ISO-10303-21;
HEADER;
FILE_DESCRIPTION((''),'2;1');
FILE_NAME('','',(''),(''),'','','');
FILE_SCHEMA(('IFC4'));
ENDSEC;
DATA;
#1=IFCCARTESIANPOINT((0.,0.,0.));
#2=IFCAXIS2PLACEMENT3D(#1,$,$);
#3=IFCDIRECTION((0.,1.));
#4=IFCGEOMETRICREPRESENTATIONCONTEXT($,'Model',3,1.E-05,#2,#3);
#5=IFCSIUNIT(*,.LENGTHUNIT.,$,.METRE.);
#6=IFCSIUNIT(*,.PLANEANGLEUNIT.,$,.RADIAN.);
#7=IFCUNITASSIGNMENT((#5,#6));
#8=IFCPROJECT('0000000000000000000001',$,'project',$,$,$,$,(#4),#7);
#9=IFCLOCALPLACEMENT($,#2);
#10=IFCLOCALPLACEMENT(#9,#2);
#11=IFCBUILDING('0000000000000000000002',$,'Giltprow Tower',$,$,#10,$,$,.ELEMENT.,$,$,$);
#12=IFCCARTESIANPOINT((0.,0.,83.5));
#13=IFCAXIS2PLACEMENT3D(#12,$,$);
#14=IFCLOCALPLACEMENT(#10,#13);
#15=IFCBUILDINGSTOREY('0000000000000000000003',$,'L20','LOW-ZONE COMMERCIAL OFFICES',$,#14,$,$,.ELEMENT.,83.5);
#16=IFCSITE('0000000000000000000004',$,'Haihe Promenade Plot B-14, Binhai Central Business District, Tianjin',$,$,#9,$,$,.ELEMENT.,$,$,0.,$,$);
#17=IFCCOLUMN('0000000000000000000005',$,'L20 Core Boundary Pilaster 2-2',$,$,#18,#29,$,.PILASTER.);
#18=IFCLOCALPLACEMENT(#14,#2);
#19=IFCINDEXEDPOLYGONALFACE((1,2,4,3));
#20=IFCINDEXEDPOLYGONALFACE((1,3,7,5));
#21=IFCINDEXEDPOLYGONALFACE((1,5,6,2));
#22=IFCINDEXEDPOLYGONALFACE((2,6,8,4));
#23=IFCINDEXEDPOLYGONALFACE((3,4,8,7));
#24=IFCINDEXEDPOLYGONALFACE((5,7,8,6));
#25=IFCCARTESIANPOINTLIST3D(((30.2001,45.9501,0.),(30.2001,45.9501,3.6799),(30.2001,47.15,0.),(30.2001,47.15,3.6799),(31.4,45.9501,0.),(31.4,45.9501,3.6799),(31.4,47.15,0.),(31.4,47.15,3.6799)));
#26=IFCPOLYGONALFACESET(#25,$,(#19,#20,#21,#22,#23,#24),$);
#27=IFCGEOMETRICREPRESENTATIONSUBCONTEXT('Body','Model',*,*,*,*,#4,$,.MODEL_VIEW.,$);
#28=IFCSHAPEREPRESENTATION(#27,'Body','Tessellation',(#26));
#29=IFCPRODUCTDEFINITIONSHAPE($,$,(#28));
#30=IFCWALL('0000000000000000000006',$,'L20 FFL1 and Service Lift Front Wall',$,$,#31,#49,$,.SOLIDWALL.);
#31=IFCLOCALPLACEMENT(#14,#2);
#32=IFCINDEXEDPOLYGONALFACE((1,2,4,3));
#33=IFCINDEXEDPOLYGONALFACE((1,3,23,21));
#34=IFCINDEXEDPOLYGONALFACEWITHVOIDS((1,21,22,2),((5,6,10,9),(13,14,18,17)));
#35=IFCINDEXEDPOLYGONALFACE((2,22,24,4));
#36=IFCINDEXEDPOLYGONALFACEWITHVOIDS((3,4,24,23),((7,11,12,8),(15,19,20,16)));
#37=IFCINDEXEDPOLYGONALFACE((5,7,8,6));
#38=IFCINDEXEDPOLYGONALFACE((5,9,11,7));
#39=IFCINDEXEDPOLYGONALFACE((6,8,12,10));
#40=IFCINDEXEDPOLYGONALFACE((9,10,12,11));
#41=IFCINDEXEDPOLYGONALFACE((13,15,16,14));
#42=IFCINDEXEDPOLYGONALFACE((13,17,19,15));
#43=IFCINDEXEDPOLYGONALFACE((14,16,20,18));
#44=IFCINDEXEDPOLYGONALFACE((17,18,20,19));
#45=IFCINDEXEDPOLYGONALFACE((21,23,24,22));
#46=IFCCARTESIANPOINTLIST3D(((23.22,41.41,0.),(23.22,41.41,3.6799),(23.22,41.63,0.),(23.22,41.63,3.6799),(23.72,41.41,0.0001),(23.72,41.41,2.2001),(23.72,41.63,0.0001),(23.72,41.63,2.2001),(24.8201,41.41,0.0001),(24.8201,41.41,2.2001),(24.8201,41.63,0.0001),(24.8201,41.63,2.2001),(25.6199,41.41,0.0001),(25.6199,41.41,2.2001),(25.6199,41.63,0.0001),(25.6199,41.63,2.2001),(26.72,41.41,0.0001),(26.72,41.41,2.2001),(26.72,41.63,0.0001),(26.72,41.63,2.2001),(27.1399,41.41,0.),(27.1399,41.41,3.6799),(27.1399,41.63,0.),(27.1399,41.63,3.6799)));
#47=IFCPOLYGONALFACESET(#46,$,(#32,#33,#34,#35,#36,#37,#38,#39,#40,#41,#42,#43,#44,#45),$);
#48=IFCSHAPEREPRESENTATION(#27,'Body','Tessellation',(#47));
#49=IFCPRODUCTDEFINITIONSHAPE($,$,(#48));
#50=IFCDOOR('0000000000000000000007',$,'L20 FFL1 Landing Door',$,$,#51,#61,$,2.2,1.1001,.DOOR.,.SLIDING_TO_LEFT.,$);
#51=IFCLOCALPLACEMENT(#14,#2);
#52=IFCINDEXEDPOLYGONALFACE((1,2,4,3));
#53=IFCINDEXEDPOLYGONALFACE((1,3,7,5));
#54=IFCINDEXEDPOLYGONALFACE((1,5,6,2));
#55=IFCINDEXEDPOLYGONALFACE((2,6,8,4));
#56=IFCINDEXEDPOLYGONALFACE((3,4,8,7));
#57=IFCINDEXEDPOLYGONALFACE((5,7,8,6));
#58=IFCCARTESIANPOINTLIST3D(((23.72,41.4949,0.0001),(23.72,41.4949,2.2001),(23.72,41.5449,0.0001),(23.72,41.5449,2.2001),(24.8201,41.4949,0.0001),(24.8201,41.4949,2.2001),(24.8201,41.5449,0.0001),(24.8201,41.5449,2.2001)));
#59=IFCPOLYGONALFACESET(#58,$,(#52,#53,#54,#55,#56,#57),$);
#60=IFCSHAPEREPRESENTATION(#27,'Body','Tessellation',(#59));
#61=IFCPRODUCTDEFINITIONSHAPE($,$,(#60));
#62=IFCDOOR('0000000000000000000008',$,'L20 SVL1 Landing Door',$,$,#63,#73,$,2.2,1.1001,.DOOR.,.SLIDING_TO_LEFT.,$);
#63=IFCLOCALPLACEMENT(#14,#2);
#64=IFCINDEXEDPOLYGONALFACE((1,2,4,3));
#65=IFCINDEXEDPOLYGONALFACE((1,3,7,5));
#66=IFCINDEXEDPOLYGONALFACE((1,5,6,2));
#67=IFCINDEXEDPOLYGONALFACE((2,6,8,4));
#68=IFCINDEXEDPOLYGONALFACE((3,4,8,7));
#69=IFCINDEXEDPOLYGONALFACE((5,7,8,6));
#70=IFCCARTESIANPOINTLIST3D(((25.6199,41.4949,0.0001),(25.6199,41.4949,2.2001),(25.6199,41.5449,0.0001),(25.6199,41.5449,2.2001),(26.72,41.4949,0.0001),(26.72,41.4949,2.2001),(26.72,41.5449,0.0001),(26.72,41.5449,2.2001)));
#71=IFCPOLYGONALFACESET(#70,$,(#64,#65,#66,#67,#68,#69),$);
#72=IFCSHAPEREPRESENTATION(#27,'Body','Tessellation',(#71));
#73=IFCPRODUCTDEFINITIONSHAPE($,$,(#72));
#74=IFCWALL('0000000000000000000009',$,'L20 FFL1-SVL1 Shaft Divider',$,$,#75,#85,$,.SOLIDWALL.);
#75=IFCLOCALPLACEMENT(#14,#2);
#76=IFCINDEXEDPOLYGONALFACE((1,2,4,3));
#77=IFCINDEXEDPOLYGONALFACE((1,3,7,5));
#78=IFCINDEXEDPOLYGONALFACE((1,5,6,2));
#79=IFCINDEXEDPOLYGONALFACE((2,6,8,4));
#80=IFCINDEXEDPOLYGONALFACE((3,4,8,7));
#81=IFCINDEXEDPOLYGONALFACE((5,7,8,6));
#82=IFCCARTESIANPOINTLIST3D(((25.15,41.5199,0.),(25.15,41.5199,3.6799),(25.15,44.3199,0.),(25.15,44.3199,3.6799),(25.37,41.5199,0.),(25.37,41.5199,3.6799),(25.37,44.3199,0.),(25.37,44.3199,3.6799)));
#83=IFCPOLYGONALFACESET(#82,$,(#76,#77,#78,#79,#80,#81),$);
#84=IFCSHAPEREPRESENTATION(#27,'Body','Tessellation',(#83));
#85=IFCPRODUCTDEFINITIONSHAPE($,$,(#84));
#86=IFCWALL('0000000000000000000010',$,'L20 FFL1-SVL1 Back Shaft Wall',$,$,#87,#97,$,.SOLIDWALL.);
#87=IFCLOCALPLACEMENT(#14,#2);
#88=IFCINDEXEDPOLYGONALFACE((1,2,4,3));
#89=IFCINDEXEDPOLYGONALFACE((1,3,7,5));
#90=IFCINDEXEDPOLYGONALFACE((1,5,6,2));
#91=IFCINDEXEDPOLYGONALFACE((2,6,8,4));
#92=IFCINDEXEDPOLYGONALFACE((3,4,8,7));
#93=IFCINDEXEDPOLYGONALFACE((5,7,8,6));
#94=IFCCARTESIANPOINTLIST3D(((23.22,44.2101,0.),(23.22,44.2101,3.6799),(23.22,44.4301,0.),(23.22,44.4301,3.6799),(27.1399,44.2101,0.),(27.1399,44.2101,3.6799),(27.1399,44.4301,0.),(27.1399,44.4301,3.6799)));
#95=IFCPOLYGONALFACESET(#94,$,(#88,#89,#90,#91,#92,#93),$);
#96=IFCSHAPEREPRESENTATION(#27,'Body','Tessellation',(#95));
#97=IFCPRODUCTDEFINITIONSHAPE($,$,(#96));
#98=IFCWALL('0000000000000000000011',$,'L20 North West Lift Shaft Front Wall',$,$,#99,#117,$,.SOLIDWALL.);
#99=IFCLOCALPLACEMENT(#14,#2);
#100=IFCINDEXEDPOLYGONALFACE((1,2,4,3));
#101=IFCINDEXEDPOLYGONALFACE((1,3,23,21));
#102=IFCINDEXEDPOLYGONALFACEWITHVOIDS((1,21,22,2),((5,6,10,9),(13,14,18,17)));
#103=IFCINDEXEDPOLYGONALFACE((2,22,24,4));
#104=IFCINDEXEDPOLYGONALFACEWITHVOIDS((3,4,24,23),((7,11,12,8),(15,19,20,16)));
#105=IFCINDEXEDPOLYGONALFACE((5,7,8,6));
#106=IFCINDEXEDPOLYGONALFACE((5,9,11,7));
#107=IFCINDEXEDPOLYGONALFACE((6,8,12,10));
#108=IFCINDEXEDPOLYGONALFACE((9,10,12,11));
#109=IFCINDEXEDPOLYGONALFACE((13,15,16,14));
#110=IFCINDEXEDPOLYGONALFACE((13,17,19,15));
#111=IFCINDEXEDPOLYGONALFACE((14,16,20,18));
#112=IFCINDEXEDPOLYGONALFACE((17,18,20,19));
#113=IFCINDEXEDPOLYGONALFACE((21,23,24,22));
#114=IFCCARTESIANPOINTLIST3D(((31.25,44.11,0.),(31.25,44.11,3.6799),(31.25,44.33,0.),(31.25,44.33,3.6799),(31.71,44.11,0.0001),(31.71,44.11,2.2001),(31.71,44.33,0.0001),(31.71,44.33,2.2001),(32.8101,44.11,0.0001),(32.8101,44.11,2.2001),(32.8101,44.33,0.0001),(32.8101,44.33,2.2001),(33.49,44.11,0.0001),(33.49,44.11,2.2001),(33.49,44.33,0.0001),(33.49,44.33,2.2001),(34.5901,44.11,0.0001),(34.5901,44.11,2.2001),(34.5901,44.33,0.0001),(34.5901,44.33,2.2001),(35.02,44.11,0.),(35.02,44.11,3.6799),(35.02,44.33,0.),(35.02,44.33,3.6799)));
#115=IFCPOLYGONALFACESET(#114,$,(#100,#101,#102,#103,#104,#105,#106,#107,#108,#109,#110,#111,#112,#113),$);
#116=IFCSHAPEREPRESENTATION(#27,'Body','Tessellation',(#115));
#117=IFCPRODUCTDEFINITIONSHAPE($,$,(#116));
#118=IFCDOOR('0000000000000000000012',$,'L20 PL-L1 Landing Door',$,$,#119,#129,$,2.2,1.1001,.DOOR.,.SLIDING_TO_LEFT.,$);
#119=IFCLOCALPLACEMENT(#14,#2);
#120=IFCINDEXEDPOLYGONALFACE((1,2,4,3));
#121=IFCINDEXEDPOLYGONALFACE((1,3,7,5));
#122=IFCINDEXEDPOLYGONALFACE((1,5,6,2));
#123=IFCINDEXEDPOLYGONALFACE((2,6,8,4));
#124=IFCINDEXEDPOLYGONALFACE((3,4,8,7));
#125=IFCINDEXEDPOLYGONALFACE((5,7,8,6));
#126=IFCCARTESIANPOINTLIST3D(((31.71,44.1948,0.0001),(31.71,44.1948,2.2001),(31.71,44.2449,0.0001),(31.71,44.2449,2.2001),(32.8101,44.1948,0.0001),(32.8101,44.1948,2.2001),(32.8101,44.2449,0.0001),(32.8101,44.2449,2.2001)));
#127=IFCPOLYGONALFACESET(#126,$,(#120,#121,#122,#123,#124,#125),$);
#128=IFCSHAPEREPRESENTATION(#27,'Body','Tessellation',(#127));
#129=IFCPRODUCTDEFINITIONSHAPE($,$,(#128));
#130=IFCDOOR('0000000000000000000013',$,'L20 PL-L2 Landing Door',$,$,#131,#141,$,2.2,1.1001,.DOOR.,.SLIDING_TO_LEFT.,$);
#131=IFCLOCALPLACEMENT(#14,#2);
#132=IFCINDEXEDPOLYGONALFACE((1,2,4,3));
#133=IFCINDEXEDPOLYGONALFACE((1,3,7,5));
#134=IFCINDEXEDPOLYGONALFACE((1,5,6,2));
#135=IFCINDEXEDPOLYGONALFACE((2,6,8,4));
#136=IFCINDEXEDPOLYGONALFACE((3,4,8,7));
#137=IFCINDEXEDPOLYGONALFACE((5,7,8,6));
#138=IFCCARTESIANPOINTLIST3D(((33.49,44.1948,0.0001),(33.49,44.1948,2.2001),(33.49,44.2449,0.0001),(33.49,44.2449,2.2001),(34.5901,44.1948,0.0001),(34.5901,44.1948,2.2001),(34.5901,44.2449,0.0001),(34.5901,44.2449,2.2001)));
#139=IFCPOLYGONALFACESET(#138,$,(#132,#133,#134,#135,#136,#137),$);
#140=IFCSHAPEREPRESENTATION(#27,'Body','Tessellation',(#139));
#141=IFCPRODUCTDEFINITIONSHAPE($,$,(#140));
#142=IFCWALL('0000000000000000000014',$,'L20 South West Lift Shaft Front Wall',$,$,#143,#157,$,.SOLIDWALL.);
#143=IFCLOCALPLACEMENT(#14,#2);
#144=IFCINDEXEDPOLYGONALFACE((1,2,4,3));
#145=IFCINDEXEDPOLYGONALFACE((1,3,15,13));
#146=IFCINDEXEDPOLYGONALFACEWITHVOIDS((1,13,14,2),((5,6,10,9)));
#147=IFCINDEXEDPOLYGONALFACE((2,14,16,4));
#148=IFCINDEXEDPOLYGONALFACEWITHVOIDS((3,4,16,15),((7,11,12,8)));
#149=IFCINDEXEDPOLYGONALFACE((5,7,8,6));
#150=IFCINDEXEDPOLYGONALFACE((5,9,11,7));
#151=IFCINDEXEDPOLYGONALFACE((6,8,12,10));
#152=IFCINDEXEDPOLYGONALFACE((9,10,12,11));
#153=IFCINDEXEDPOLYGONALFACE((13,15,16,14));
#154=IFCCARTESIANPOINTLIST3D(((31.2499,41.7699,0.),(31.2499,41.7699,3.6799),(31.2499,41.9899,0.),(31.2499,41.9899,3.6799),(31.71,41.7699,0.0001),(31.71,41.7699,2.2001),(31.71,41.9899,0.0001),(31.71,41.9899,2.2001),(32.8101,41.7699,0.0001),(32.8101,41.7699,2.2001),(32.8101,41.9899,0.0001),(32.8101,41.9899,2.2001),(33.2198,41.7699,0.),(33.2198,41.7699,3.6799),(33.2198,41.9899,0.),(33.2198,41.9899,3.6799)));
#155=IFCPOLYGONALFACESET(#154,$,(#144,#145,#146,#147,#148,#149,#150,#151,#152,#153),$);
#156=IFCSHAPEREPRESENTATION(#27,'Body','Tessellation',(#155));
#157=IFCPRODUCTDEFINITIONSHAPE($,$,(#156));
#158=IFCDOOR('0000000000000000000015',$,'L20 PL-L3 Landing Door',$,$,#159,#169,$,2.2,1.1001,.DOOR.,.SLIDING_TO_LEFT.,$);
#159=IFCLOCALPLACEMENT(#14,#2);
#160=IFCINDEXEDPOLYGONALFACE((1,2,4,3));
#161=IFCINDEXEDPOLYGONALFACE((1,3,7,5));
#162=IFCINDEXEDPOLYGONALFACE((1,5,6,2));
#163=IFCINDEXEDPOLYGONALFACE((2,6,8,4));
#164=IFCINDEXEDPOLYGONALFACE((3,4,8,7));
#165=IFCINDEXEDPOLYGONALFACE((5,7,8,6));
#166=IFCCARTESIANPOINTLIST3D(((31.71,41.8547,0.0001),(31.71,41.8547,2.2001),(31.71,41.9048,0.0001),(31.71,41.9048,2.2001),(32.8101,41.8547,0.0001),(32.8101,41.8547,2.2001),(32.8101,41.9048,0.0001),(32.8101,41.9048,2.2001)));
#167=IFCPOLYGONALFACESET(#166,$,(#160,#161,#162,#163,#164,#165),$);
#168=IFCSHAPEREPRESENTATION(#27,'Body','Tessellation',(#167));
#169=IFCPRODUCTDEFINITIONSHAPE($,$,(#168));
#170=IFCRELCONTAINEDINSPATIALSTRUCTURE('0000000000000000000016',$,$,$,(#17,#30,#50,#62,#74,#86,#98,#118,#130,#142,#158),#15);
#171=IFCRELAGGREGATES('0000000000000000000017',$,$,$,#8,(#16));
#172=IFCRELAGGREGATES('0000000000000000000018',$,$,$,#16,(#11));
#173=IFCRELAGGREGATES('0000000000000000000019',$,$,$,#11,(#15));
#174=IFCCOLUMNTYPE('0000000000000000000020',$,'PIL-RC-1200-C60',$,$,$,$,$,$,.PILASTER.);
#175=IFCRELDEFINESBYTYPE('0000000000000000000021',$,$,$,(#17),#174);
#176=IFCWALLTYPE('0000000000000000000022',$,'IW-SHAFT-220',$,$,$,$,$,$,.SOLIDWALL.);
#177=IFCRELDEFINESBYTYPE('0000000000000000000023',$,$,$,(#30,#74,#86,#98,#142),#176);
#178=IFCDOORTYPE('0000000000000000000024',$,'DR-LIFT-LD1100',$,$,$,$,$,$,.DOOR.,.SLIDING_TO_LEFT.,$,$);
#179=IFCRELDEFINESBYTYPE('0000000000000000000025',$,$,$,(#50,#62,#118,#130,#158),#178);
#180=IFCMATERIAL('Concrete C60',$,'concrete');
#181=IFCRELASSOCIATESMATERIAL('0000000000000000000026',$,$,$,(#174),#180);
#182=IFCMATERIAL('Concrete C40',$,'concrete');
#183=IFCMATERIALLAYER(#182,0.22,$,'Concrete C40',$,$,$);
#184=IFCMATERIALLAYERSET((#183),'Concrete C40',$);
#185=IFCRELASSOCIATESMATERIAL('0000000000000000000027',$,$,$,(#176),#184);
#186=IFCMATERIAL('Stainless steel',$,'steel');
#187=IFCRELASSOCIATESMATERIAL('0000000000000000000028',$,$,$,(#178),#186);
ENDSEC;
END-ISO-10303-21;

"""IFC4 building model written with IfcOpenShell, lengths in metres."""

from ifc_helpers import new_model, si_unit, direction, frame, frame_2d, origin, origin_2d, place, context, subcontext, project, spatial, rectangle, extrude, source, transform, mapped, material, layer, layer_set, material_profile, profile_set, type_object, element, fill, save


model = new_model("IFC4")

# Units and contexts
model_context = context("Model", 3, precision=1e-05, world=origin(), true_north=direction((0.0, 1.0)))
body_context = subcontext(model_context, "Body", "Model", "MODEL_VIEW")
ifc_project = project(units=[si_unit("LENGTHUNIT", "METRE"), si_unit("PLANEANGLEUNIT", "RADIAN")], contexts=[model_context])

# Site, building, storey
site_placement = place(None, origin())
site = spatial("IfcSite", under=ifc_project, at=site_placement, Name="Haihe Promenade Plot B-14, Binhai Central Business District, Tianjin", CompositionType="ELEMENT", RefElevation=0.0)
building_placement = place(site_placement, origin())
building = spatial("IfcBuilding", under=site, at=building_placement, Name="Giltprow Tower", CompositionType="ELEMENT")
storey_placement = place(building_placement, frame((0.0, 0.0, 83.5)))
storey = spatial("IfcBuildingStorey", under=building, at=storey_placement, Name="L20", Description="LOW-ZONE COMMERCIAL OFFICES", CompositionType="ELEMENT", Elevation=83.5)

# Column
ifc_material_1 = material(Name="Concrete C60", Category="concrete")
ifc_material_profile = material_profile(ifc_material_1, rectangle(XDim=1.2, YDim=1.2, at=origin_2d()), Name="RC 1200x1200")
ifc_profile_set = profile_set([ifc_material_profile], Name="Concrete C60")
column_type = type_object("IfcColumnType", Name="PIL-RC-1200-C60", PredefinedType="PILASTER", material=ifc_profile_set)
shared_shape_1 = source(origin(), body_context, "Body", "SweptSolid", [
    extrude(rectangle(XDim=1.2, YDim=1.2, at=origin_2d()), origin(), (0.0, 0.0, 1.0), 3.6799),
])
column_placement = place(storey_placement, frame((30.8, 46.55, 0.0), z_axis=(0.0, 0.0, 1.0), x_axis=(1.0, 0.0, 0.0)))
element("IfcColumn", 1, at=column_placement, inside=storey, type_object=column_type, Name="L20 Core Boundary Pilaster 2-2", PredefinedType="PILASTER", context=body_context, shape_type="MappedRepresentation", body=[
    mapped(shared_shape_1, transform((0.0, 0.0, 0.0), x_axis=(1.0, 0.0, 0.0), y_axis=(0.0, 1.0, 0.0), z_axis=(0.0, 0.0, 1.0), scale=1.0)),
])

# Wall, openings, doors
ifc_material_2 = material(Name="Concrete C40", Category="concrete")
ifc_layer_1 = layer(ifc_material_2, 0.22, Name="Concrete C40")
ifc_layer_set_1 = layer_set([ifc_layer_1], Name="Concrete C40")
wall_type_1 = type_object("IfcWallType", Name="IW-SHAFT-220", PredefinedType="SOLIDWALL", material=ifc_layer_set_1)
wall_1_placement = place(storey_placement, frame((23.22, 41.52, 0.0), z_axis=(0.0, 0.0, 1.0), x_axis=(1.0, 0.0, 0.0)))
wall_1 = element("IfcWall", 2, at=wall_1_placement, inside=storey, type_object=wall_type_1, Name="L20 FFL1 and Service Lift Front Wall", PredefinedType="SOLIDWALL", context=body_context, shape_type="SweptSolid", body=[
    extrude(rectangle(XDim=3.9199, YDim=0.22, at=frame_2d((1.96, 0.0))), origin(), (0.0, 0.0, 1.0), 3.6799),
])
opening_1_placement = place(wall_1_placement, frame((0.5, 0.0, 0.0)))
opening_1 = element("IfcOpeningElement", 3, at=opening_1_placement, cuts=wall_1, PredefinedType="OPENING", context=body_context, shape_type="SweptSolid", body=[
    extrude(rectangle(XDim=1.1001, YDim=2.2, at=frame_2d((0.55, 1.1001))), frame((0.0, 0.1199, 0.0), z_axis=(0.0, -1.0, 0.0), x_axis=(1.0, 0.0, 0.0)), (0.0, 0.0, 1.0), 0.24),
])
opening_2_placement = place(wall_1_placement, frame((2.3999, 0.0, 0.0)))
opening_2 = element("IfcOpeningElement", 4, at=opening_2_placement, cuts=wall_1, PredefinedType="OPENING", context=body_context, shape_type="SweptSolid", body=[
    extrude(rectangle(XDim=1.1001, YDim=2.2, at=frame_2d((0.55, 1.1001))), frame((0.0, 0.1199, 0.0), z_axis=(0.0, -1.0, 0.0), x_axis=(1.0, 0.0, 0.0)), (0.0, 0.0, 1.0), 0.24),
])
ifc_material_3 = material(Name="Stainless steel", Category="steel")
door_type = type_object("IfcDoorType", Name="DR-LIFT-LD1100", OperationType="SLIDING_TO_LEFT", PredefinedType="DOOR", material=ifc_material_3)
shared_shape_2 = source(origin(), body_context, "Body", "SweptSolid", [
    extrude(rectangle(XDim=1.1001, YDim=2.2, at=frame_2d((0.55, 1.1001))), frame((0.0, 0.0249, 0.0), z_axis=(0.0, -1.0, 0.0), x_axis=(1.0, 0.0, 0.0)), (0.0, 0.0, 1.0), 0.05),
])
door_1_placement = place(opening_1_placement, origin())
door_1 = element("IfcDoor", 5, at=door_1_placement, inside=storey, type_object=door_type, Name="L20 FFL1 Landing Door", OperationType="SLIDING_TO_LEFT", OverallHeight=2.2, OverallWidth=1.1001, PredefinedType="DOOR", context=body_context, shape_type="MappedRepresentation", body=[
    mapped(shared_shape_2, transform((0.0, 0.0, 0.0), x_axis=(1.0, 0.0, 0.0), y_axis=(0.0, 1.0, 0.0), z_axis=(0.0, 0.0, 1.0), scale=1.0)),
])
fill(opening_1, door_1)
door_2_placement = place(opening_2_placement, origin())
door_2 = element("IfcDoor", 6, at=door_2_placement, inside=storey, type_object=door_type, Name="L20 SVL1 Landing Door", OperationType="SLIDING_TO_LEFT", OverallHeight=2.2, OverallWidth=1.1001, PredefinedType="DOOR", context=body_context, shape_type="MappedRepresentation", body=[
    mapped(shared_shape_2, transform((0.0, 0.0, 0.0), x_axis=(1.0, 0.0, 0.0), y_axis=(0.0, 1.0, 0.0), z_axis=(0.0, 0.0, 1.0), scale=1.0)),
])
fill(opening_2, door_2)

# Walls
wall_2_placement = place(storey_placement, frame((25.26, 41.52, 0.0), z_axis=(0.0, 0.0, 1.0), x_axis=(0.0, 1.0, 0.0)))
element("IfcWall", 7, at=wall_2_placement, inside=storey, type_object=wall_type_1, Name="L20 FFL1-SVL1 Shaft Divider", PredefinedType="SOLIDWALL", context=body_context, shape_type="SweptSolid", body=[
    extrude(rectangle(XDim=2.8, YDim=0.22, at=frame_2d((1.3999, 0.0))), origin(), (0.0, 0.0, 1.0), 3.6799),
])
wall_3_placement = place(storey_placement, frame((23.22, 44.3201, 0.0), z_axis=(0.0, 0.0, 1.0), x_axis=(1.0, 0.0, 0.0)))
element("IfcWall", 8, at=wall_3_placement, inside=storey, type_object=wall_type_1, Name="L20 FFL1-SVL1 Back Shaft Wall", PredefinedType="SOLIDWALL", context=body_context, shape_type="SweptSolid", body=[
    extrude(rectangle(XDim=3.9199, YDim=0.22, at=frame_2d((1.96, 0.0))), origin(), (0.0, 0.0, 1.0), 3.6799),
])

# Wall, openings, doors
wall_4_placement = place(storey_placement, frame((31.25, 44.22, 0.0), z_axis=(0.0, 0.0, 1.0), x_axis=(1.0, 0.0, 0.0)))
wall_4 = element("IfcWall", 9, at=wall_4_placement, inside=storey, type_object=wall_type_1, Name="L20 North West Lift Shaft Front Wall", PredefinedType="SOLIDWALL", context=body_context, shape_type="SweptSolid", body=[
    extrude(rectangle(XDim=3.77, YDim=0.22, at=frame_2d((1.885, 0.0))), origin(), (0.0, 0.0, 1.0), 3.6799),
])
opening_3_placement = place(wall_4_placement, frame((0.46, 0.0, 0.0)))
opening_3 = element("IfcOpeningElement", 10, at=opening_3_placement, cuts=wall_4, PredefinedType="OPENING", context=body_context, shape_type="SweptSolid", body=[
    extrude(rectangle(XDim=1.1001, YDim=2.2, at=frame_2d((0.55, 1.1001))), frame((0.0, 0.1199, 0.0), z_axis=(0.0, -1.0, 0.0), x_axis=(1.0, 0.0, 0.0)), (0.0, 0.0, 1.0), 0.24),
])
opening_4_placement = place(wall_4_placement, frame((2.24, 0.0, 0.0)))
opening_4 = element("IfcOpeningElement", 11, at=opening_4_placement, cuts=wall_4, PredefinedType="OPENING", context=body_context, shape_type="SweptSolid", body=[
    extrude(rectangle(XDim=1.1001, YDim=2.2, at=frame_2d((0.55, 1.1001))), frame((0.0, 0.1199, 0.0), z_axis=(0.0, -1.0, 0.0), x_axis=(1.0, 0.0, 0.0)), (0.0, 0.0, 1.0), 0.24),
])
door_3_placement = place(opening_3_placement, origin())
door_3 = element("IfcDoor", 12, at=door_3_placement, inside=storey, type_object=door_type, Name="L20 PL-L1 Landing Door", OperationType="SLIDING_TO_LEFT", OverallHeight=2.2, OverallWidth=1.1001, PredefinedType="DOOR", context=body_context, shape_type="MappedRepresentation", body=[
    mapped(shared_shape_2, transform((0.0, 0.0, 0.0), x_axis=(1.0, 0.0, 0.0), y_axis=(0.0, 1.0, 0.0), z_axis=(0.0, 0.0, 1.0), scale=1.0)),
])
fill(opening_3, door_3)
door_4_placement = place(opening_4_placement, origin())
door_4 = element("IfcDoor", 13, at=door_4_placement, inside=storey, type_object=door_type, Name="L20 PL-L2 Landing Door", OperationType="SLIDING_TO_LEFT", OverallHeight=2.2, OverallWidth=1.1001, PredefinedType="DOOR", context=body_context, shape_type="MappedRepresentation", body=[
    mapped(shared_shape_2, transform((0.0, 0.0, 0.0), x_axis=(1.0, 0.0, 0.0), y_axis=(0.0, 1.0, 0.0), z_axis=(0.0, 0.0, 1.0), scale=1.0)),
])
fill(opening_4, door_4)

# Wall, opening, door
wall_5_placement = place(storey_placement, frame((31.25, 41.8799, 0.0), z_axis=(0.0, 0.0, 1.0), x_axis=(1.0, 0.0, 0.0)))
wall_5 = element("IfcWall", 14, at=wall_5_placement, inside=storey, type_object=wall_type_1, Name="L20 South West Lift Shaft Front Wall", PredefinedType="SOLIDWALL", context=body_context, shape_type="SweptSolid", body=[
    extrude(rectangle(XDim=1.97, YDim=0.22, at=frame_2d((0.9849, 0.0))), origin(), (0.0, 0.0, 1.0), 3.6799),
])
opening_5_placement = place(wall_5_placement, frame((0.46, 0.0, 0.0)))
opening_5 = element("IfcOpeningElement", 15, at=opening_5_placement, cuts=wall_5, PredefinedType="OPENING", context=body_context, shape_type="SweptSolid", body=[
    extrude(rectangle(XDim=1.1001, YDim=2.2, at=frame_2d((0.55, 1.1001))), frame((0.0, 0.1199, 0.0), z_axis=(0.0, -1.0, 0.0), x_axis=(1.0, 0.0, 0.0)), (0.0, 0.0, 1.0), 0.24),
])
door_5_placement = place(opening_5_placement, origin())
door_5 = element("IfcDoor", 16, at=door_5_placement, inside=storey, type_object=door_type, Name="L20 PL-L3 Landing Door", OperationType="SLIDING_TO_LEFT", OverallHeight=2.2, OverallWidth=1.1001, PredefinedType="DOOR", context=body_context, shape_type="MappedRepresentation", body=[
    mapped(shared_shape_2, transform((0.0, 0.0, 0.0), x_axis=(1.0, 0.0, 0.0), y_axis=(0.0, 1.0, 0.0), z_axis=(0.0, 0.0, 1.0), scale=1.0)),
])
fill(opening_5, door_5)

save(model, "model.ifc")
